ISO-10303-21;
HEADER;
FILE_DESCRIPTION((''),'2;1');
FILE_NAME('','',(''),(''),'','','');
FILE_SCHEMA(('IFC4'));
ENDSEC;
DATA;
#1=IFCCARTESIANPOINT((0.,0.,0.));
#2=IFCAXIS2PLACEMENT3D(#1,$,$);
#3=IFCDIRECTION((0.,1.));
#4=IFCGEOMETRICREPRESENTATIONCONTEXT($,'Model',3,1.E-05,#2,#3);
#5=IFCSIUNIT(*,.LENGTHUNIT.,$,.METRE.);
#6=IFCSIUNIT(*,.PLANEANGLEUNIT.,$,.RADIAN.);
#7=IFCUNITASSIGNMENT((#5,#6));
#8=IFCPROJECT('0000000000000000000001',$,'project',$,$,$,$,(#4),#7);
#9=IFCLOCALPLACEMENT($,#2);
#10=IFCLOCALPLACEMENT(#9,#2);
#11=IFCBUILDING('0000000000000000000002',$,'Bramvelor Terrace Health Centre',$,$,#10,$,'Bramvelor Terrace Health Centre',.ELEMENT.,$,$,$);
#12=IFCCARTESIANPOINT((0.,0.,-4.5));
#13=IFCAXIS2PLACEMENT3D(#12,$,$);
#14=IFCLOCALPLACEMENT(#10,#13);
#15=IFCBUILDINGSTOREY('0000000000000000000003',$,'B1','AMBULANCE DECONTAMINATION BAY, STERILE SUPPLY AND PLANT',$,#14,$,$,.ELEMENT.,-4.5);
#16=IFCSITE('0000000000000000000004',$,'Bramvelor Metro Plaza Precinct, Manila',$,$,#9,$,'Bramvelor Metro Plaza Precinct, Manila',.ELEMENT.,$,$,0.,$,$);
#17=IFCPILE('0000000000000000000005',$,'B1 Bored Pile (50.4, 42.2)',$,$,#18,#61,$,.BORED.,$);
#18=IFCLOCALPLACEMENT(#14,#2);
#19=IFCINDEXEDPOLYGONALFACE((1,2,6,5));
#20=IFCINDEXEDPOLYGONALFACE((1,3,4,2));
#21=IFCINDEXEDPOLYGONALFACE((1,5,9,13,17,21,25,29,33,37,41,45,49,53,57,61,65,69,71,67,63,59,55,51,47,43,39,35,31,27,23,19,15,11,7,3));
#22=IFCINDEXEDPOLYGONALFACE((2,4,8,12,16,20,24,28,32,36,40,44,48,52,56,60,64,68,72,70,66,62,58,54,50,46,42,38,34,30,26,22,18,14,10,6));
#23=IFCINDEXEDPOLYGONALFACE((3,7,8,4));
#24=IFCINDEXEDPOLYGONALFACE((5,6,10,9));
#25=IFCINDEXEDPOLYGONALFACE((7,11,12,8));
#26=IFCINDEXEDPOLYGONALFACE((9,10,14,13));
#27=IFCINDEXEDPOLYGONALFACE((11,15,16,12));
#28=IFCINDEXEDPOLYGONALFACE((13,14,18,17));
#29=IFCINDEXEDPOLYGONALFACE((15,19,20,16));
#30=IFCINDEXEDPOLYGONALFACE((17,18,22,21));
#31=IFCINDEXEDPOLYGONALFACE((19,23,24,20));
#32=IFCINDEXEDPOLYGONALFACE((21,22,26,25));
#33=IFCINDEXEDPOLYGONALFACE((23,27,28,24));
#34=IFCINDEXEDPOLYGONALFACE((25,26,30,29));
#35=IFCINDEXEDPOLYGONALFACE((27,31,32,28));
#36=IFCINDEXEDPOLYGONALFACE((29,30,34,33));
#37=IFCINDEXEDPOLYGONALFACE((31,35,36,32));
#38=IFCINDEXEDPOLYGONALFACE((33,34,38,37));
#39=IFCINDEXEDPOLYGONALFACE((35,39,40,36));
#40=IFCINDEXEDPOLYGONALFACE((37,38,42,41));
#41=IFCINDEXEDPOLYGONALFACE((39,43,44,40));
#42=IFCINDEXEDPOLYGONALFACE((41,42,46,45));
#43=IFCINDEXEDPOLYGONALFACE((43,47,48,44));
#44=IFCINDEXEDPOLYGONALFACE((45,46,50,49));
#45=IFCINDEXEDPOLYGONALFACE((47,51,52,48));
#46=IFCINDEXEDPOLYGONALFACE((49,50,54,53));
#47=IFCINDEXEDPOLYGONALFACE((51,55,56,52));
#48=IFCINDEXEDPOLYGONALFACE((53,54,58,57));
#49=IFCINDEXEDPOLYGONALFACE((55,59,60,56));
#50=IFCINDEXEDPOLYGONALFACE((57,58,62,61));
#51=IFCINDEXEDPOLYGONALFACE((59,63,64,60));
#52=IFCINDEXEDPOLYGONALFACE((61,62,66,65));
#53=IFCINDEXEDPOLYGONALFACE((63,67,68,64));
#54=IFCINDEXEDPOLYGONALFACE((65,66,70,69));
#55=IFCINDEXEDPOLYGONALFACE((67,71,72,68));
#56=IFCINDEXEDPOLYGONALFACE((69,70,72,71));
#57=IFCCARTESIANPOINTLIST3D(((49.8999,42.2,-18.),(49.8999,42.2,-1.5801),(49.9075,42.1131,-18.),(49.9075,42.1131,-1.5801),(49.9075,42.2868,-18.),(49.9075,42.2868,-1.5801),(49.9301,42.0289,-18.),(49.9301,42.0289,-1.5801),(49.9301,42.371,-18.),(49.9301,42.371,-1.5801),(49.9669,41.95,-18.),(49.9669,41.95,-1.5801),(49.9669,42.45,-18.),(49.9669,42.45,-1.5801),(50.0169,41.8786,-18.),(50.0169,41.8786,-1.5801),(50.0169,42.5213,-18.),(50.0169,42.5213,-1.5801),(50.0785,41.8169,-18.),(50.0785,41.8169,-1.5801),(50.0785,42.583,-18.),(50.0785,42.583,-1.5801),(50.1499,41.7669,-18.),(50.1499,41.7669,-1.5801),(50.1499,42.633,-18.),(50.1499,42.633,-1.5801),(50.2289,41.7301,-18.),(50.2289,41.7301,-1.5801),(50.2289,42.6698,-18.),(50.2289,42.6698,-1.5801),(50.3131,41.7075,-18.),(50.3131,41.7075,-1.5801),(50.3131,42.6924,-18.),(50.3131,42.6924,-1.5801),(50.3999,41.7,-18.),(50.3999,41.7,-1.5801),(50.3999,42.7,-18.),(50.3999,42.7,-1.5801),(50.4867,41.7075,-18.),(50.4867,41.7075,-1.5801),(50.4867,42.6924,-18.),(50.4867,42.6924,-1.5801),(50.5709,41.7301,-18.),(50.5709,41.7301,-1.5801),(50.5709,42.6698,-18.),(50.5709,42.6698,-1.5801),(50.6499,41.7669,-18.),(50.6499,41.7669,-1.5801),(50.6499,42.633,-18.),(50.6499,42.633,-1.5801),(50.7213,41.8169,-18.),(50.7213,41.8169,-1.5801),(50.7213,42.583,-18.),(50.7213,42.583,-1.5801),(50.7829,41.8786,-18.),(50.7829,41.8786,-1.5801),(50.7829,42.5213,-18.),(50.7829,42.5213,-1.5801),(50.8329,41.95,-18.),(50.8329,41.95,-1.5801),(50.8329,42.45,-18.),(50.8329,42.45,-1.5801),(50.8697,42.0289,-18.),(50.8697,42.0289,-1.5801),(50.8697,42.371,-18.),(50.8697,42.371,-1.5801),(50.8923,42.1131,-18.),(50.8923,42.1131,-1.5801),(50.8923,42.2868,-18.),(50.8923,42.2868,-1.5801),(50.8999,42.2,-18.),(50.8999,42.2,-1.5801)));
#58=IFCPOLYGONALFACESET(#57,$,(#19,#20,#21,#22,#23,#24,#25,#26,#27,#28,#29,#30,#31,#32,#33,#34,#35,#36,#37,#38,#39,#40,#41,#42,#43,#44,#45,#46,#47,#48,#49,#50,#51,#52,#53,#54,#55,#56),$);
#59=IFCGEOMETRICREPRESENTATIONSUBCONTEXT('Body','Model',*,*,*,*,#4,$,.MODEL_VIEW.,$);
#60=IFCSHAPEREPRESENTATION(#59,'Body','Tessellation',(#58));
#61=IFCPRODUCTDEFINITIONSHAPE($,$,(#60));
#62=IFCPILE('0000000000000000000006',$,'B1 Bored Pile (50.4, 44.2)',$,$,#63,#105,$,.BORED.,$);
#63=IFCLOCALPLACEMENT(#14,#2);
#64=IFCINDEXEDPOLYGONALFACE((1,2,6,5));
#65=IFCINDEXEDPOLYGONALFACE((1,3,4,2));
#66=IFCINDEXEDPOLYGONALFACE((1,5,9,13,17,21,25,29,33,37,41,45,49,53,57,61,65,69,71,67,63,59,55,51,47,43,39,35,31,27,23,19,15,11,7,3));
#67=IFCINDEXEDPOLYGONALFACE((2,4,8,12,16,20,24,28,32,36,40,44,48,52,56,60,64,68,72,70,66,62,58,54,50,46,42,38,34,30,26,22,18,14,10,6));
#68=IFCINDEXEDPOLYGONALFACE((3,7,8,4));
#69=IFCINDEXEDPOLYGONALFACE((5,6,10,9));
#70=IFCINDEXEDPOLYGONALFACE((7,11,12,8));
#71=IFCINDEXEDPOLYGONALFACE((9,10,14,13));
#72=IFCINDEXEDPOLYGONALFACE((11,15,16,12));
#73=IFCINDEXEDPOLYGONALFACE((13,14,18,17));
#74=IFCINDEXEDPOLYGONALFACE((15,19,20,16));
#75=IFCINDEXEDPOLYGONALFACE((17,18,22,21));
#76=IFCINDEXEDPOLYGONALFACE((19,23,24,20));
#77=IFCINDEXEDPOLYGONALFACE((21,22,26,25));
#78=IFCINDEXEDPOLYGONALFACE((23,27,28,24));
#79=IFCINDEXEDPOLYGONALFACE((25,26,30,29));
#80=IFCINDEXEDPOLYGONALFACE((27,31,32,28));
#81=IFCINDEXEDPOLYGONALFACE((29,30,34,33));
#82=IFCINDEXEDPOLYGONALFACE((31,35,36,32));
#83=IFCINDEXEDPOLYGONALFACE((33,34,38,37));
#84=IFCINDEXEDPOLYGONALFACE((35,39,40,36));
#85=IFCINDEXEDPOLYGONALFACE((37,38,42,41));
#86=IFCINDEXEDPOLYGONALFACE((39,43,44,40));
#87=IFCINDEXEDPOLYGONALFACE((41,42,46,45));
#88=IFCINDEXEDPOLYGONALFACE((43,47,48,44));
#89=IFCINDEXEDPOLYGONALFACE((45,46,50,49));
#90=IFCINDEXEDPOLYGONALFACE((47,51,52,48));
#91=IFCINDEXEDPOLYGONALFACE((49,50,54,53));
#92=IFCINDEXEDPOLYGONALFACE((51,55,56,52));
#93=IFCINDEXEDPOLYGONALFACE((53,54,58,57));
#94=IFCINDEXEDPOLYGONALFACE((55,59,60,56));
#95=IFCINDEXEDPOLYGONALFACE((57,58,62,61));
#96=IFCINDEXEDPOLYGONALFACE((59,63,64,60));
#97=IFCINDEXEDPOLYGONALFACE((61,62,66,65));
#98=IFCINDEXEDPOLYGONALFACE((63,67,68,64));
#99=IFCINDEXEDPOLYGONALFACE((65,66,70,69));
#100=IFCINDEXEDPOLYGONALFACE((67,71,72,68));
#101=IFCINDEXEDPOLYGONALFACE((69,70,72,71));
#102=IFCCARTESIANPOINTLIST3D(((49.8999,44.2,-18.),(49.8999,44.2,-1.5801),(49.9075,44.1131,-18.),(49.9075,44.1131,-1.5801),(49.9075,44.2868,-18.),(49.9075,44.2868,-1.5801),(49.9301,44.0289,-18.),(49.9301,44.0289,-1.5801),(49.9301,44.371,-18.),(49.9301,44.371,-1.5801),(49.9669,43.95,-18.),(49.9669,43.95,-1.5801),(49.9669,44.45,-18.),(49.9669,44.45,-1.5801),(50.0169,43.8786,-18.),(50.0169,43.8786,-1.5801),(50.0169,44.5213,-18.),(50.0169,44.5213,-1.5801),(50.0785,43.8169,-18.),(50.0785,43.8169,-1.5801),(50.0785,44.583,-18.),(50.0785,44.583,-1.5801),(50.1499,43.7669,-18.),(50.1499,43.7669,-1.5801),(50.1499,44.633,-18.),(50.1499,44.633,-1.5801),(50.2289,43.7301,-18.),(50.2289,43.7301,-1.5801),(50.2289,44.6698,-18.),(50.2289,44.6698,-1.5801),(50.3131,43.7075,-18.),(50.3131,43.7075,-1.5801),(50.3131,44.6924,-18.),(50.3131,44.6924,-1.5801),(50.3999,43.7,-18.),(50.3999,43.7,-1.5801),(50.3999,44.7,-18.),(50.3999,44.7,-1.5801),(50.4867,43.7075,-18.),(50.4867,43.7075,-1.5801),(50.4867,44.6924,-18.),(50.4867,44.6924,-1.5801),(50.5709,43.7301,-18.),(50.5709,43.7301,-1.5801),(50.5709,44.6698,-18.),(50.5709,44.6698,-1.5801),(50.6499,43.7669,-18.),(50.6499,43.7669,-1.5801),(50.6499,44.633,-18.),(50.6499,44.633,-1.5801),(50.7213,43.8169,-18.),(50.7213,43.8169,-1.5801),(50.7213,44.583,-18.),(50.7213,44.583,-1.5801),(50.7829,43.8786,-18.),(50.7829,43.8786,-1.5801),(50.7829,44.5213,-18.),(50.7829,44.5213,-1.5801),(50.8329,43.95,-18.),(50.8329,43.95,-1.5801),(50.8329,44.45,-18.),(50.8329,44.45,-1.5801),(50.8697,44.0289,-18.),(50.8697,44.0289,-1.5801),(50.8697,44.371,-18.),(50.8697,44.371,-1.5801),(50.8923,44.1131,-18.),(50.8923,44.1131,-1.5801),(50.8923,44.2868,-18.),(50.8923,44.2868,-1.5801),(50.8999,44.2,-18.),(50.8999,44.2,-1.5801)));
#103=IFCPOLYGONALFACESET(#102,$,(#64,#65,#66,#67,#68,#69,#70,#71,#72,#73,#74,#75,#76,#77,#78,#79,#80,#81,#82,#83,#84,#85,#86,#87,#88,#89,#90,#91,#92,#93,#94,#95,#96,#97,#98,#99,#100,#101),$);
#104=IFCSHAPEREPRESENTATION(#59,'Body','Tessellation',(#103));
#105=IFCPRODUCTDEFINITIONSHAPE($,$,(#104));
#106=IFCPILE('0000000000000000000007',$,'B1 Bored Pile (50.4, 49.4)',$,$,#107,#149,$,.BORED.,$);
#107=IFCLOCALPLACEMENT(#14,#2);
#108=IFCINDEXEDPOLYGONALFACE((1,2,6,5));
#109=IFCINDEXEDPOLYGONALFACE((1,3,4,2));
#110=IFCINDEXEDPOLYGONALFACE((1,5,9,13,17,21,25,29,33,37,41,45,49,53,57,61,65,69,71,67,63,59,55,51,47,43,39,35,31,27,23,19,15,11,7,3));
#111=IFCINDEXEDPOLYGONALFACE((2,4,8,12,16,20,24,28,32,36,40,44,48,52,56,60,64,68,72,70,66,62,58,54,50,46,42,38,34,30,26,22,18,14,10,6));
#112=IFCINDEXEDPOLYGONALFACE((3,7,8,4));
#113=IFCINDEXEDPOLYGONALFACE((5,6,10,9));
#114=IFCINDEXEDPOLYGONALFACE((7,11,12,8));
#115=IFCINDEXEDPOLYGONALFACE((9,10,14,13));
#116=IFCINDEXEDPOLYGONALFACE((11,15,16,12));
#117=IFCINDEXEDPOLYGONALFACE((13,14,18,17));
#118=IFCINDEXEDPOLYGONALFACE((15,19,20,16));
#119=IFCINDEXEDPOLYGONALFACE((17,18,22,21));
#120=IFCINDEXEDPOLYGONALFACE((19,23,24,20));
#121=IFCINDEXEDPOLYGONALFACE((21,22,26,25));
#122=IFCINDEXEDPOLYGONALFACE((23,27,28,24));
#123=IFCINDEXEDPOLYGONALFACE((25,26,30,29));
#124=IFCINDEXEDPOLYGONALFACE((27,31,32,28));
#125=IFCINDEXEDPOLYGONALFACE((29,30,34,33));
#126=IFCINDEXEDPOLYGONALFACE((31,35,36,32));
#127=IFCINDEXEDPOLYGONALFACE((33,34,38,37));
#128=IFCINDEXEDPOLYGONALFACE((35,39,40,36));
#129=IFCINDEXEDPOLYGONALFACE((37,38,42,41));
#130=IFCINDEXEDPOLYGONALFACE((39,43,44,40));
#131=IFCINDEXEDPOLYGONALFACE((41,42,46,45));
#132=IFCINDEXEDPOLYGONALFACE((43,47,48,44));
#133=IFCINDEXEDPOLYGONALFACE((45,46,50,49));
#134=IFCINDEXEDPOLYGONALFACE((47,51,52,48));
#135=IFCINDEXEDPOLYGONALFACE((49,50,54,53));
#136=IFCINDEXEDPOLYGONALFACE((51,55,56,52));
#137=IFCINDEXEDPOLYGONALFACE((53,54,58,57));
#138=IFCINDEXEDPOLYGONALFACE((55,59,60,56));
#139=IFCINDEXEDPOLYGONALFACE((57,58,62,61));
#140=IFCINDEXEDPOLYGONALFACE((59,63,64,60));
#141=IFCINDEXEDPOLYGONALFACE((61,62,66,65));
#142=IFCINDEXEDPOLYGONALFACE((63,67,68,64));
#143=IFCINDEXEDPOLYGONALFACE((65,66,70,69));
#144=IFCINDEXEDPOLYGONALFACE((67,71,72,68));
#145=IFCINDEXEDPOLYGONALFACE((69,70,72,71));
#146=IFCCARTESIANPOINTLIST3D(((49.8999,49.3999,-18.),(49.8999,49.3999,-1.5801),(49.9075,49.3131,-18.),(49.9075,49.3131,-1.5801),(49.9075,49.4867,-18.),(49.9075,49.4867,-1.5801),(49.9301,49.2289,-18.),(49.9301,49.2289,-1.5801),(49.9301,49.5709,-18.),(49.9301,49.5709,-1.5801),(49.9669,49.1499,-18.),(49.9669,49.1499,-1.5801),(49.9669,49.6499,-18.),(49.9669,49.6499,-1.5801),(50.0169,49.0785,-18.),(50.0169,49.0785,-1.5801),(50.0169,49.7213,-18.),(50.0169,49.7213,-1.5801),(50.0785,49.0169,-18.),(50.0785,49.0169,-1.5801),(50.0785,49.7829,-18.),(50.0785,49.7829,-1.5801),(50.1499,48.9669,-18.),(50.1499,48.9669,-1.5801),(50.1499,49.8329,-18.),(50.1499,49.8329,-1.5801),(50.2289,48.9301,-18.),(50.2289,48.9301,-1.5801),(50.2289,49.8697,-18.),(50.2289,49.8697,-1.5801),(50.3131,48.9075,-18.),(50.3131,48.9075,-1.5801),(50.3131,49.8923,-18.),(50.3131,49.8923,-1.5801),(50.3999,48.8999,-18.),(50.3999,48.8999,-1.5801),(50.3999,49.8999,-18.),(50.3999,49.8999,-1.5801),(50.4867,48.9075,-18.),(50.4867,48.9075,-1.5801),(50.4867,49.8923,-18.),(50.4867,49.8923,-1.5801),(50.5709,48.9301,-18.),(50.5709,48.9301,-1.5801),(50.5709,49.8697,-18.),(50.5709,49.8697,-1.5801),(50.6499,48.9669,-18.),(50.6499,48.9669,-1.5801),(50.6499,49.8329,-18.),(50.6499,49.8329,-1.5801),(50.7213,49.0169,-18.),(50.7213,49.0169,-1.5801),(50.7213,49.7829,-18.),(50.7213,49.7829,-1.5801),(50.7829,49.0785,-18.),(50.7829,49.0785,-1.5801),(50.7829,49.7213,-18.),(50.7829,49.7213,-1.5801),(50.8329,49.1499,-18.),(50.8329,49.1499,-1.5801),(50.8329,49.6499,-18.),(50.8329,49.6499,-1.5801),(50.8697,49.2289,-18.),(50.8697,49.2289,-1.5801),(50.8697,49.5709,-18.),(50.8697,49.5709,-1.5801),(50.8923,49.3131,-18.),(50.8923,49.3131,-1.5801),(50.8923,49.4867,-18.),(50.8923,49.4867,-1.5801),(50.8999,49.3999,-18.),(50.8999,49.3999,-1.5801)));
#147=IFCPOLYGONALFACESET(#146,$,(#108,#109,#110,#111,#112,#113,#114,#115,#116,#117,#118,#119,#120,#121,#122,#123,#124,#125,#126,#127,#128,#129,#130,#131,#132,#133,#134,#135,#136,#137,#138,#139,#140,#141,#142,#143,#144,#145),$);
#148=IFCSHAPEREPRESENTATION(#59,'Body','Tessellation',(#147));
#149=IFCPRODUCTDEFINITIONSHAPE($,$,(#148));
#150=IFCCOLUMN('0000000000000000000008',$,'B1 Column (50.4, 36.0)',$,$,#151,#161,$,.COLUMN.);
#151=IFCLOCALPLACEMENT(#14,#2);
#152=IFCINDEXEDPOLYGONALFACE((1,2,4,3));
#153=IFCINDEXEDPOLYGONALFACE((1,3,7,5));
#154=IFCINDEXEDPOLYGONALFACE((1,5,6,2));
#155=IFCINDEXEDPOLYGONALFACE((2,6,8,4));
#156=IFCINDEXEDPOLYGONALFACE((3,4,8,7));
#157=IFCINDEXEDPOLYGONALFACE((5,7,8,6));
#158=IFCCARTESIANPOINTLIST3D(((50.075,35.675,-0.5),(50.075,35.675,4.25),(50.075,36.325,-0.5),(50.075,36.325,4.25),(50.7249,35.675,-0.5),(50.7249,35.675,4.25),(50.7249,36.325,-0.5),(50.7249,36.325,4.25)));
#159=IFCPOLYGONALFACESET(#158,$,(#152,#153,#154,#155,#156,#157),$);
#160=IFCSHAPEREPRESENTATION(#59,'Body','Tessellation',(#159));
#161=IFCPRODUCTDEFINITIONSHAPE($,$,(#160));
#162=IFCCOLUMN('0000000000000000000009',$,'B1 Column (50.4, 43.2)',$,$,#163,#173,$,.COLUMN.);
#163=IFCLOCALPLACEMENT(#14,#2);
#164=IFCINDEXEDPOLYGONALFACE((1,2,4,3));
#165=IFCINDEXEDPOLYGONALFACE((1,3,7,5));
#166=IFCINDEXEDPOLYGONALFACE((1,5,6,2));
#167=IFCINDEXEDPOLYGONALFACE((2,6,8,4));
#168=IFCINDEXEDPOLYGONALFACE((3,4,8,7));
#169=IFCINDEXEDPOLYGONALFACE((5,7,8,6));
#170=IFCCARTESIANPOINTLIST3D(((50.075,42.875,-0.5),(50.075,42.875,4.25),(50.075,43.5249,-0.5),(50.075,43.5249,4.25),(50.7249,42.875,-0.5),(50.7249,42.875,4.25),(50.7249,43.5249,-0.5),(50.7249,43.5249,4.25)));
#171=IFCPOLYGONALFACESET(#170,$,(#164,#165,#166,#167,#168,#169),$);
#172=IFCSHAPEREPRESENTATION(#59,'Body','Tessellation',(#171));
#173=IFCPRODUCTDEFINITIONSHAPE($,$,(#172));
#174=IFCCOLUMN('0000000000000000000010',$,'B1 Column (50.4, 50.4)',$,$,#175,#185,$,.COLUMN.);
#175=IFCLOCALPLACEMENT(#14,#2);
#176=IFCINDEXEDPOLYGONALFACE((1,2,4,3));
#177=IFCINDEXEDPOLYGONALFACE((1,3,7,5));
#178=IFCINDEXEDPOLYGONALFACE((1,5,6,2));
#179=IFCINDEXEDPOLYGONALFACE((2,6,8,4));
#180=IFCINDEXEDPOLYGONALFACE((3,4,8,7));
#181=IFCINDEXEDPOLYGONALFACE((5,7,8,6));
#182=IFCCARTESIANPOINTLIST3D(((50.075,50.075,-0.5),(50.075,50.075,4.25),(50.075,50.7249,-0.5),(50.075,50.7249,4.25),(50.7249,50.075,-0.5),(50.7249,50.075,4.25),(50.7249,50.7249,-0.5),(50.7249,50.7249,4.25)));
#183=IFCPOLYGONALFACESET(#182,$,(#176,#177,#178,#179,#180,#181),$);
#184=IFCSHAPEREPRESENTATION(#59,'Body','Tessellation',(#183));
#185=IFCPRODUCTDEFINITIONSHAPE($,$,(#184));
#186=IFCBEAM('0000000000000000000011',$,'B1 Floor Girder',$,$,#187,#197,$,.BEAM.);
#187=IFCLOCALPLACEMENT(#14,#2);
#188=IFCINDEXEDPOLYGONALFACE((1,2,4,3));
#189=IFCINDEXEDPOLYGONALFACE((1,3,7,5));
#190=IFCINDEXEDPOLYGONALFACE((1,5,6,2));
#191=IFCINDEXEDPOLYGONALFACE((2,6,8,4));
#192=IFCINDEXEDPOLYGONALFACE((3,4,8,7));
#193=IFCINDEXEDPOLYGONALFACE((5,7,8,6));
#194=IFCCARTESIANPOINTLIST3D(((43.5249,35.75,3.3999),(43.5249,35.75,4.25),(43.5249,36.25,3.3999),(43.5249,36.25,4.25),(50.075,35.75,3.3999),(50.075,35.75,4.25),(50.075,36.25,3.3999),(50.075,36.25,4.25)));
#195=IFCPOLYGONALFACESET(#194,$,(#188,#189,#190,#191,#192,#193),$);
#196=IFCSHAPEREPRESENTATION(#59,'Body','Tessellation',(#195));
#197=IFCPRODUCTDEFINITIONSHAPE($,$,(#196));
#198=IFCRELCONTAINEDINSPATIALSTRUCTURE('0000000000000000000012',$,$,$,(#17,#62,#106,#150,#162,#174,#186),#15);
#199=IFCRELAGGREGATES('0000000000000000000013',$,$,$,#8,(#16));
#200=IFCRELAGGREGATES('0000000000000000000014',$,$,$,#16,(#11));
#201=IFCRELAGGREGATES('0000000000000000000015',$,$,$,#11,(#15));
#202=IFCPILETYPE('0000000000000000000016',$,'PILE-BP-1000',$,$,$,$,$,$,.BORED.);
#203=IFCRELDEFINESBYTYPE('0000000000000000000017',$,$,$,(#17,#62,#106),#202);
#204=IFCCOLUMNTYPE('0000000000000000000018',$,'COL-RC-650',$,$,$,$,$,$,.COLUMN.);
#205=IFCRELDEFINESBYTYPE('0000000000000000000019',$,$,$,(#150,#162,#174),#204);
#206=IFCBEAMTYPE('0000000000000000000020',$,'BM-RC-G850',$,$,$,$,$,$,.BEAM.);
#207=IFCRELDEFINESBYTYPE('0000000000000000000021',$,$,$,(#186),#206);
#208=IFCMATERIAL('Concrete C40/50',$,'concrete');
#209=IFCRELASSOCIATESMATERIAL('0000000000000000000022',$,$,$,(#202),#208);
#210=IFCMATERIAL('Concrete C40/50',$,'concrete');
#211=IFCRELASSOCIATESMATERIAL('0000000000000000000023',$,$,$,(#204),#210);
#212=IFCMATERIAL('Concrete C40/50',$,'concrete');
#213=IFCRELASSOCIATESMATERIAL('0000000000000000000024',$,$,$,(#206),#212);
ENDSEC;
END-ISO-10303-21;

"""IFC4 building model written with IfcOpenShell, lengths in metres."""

from ifc_helpers import new_model, si_unit, direction, frame, origin, origin_2d, place, context, subcontext, project, spatial, rectangle, circle, extrude, material, material_profile, profile_set, type_object, element, save


model = new_model("IFC4")

# Units and contexts
model_context = context("Model", 3, precision=1e-05, world=origin(), true_north=direction((0.0, 1.0)))
body_context = subcontext(model_context, "Body", "Model", "MODEL_VIEW")
ifc_project = project(units=[si_unit("LENGTHUNIT", "METRE"), si_unit("PLANEANGLEUNIT", "RADIAN")], contexts=[model_context])

# Site, building, storey
site_placement = place(None, origin())
site = spatial("IfcSite", under=ifc_project, at=site_placement, Name="Bramvelor Metro Plaza Precinct, Manila", LongName="Bramvelor Metro Plaza Precinct, Manila", CompositionType="ELEMENT", RefElevation=0.0)
building_placement = place(site_placement, origin())
building = spatial("IfcBuilding", under=site, at=building_placement, Name="Bramvelor Terrace Health Centre", LongName="Bramvelor Terrace Health Centre", CompositionType="ELEMENT")
storey_placement = place(building_placement, frame((0.0, 0.0, -4.5)))
storey = spatial("IfcBuildingStorey", under=building, at=storey_placement, Name="B1", Description="AMBULANCE DECONTAMINATION BAY, STERILE SUPPLY AND PLANT", CompositionType="ELEMENT", Elevation=-4.5)

# Piles
ifc_material_1 = material(Name="Concrete C40/50", Category="concrete")
ifc_material_profile_1 = material_profile(ifc_material_1, circle(Radius=0.5, at=origin_2d()), Name="BP D1000")
ifc_profile_set_1 = profile_set([ifc_material_profile_1], Name="Concrete C40/50")
pile_type = type_object("IfcPileType", Name="PILE-BP-1000", PredefinedType="BORED", material=ifc_profile_set_1)
for number, where, z_axis, x_axis, name in (
    (1, (50.3999, 42.2, -1.5801), (0.0, 0.0, -1.0), (1.0, 0.0, 0.0), "B1 Bored Pile (50.4, 42.2)"),
    (2, (50.3999, 44.2, -1.5801), (0.0, 0.0, -1.0), (1.0, 0.0, 0.0), "B1 Bored Pile (50.4, 44.2)"),
    (3, (50.3999, 49.3999, -1.5801), (0.0, 0.0, -1.0), (1.0, 0.0, 0.0), "B1 Bored Pile (50.4, 49.4)"),
):
    element("IfcPile", number, at=place(storey_placement, frame(where, z_axis=z_axis, x_axis=x_axis)), inside=storey, type_object=pile_type, Name=name, PredefinedType="BORED", context=body_context, shape_type="SweptSolid", body=[
        extrude(circle(Radius=0.5, at=origin_2d()), origin(), (0.0, 0.0, 1.0), 16.4199),
    ])

# Columns
ifc_material_2 = material(Name="Concrete C40/50", Category="concrete")
ifc_material_profile_2 = material_profile(ifc_material_2, rectangle(XDim=0.6499, YDim=0.6499, at=origin_2d()), Name="RC 650x650")
ifc_profile_set_2 = profile_set([ifc_material_profile_2], Name="Concrete C40/50")
column_type = type_object("IfcColumnType", Name="COL-RC-650", PredefinedType="COLUMN", material=ifc_profile_set_2)
for number, where, z_axis, x_axis, name in (
    (4, (50.3999, 36.0, -0.5), (0.0, 0.0, 1.0), (1.0, 0.0, 0.0), "B1 Column (50.4, 36.0)"),
    (5, (50.3999, 43.2, -0.5), (0.0, 0.0, 1.0), (1.0, 0.0, 0.0), "B1 Column (50.4, 43.2)"),
    (6, (50.3999, 50.3999, -0.5), (0.0, 0.0, 1.0), (1.0, 0.0, 0.0), "B1 Column (50.4, 50.4)"),
):
    element("IfcColumn", number, at=place(storey_placement, frame(where, z_axis=z_axis, x_axis=x_axis)), inside=storey, type_object=column_type, Name=name, PredefinedType="COLUMN", context=body_context, shape_type="SweptSolid", body=[
        extrude(rectangle(XDim=0.6499, YDim=0.6499, at=origin_2d()), origin(), (0.0, 0.0, 1.0), 4.75),
    ])

# Beam
ifc_material_3 = material(Name="Concrete C40/50", Category="concrete")
ifc_material_profile_3 = material_profile(ifc_material_3, rectangle(XDim=0.5, YDim=0.8501, at=origin_2d()), Name="RC 500x850")
ifc_profile_set_3 = profile_set([ifc_material_profile_3], Name="Concrete C40/50")
beam_type = type_object("IfcBeamType", Name="BM-RC-G850", PredefinedType="BEAM", material=ifc_profile_set_3)
beam_placement = place(storey_placement, frame((43.5249, 36.0, 3.825), z_axis=(1.0, 0.0, 0.0), x_axis=(0.0, 1.0, 0.0)))
element("IfcBeam", 7, at=beam_placement, inside=storey, type_object=beam_type, Name="B1 Floor Girder", PredefinedType="BEAM", context=body_context, shape_type="SweptSolid", body=[
    extrude(rectangle(XDim=0.5, YDim=0.8501, at=origin_2d()), origin(), (0.0, 0.0, 1.0), 6.55),
])

save(model, "model.ifc")
